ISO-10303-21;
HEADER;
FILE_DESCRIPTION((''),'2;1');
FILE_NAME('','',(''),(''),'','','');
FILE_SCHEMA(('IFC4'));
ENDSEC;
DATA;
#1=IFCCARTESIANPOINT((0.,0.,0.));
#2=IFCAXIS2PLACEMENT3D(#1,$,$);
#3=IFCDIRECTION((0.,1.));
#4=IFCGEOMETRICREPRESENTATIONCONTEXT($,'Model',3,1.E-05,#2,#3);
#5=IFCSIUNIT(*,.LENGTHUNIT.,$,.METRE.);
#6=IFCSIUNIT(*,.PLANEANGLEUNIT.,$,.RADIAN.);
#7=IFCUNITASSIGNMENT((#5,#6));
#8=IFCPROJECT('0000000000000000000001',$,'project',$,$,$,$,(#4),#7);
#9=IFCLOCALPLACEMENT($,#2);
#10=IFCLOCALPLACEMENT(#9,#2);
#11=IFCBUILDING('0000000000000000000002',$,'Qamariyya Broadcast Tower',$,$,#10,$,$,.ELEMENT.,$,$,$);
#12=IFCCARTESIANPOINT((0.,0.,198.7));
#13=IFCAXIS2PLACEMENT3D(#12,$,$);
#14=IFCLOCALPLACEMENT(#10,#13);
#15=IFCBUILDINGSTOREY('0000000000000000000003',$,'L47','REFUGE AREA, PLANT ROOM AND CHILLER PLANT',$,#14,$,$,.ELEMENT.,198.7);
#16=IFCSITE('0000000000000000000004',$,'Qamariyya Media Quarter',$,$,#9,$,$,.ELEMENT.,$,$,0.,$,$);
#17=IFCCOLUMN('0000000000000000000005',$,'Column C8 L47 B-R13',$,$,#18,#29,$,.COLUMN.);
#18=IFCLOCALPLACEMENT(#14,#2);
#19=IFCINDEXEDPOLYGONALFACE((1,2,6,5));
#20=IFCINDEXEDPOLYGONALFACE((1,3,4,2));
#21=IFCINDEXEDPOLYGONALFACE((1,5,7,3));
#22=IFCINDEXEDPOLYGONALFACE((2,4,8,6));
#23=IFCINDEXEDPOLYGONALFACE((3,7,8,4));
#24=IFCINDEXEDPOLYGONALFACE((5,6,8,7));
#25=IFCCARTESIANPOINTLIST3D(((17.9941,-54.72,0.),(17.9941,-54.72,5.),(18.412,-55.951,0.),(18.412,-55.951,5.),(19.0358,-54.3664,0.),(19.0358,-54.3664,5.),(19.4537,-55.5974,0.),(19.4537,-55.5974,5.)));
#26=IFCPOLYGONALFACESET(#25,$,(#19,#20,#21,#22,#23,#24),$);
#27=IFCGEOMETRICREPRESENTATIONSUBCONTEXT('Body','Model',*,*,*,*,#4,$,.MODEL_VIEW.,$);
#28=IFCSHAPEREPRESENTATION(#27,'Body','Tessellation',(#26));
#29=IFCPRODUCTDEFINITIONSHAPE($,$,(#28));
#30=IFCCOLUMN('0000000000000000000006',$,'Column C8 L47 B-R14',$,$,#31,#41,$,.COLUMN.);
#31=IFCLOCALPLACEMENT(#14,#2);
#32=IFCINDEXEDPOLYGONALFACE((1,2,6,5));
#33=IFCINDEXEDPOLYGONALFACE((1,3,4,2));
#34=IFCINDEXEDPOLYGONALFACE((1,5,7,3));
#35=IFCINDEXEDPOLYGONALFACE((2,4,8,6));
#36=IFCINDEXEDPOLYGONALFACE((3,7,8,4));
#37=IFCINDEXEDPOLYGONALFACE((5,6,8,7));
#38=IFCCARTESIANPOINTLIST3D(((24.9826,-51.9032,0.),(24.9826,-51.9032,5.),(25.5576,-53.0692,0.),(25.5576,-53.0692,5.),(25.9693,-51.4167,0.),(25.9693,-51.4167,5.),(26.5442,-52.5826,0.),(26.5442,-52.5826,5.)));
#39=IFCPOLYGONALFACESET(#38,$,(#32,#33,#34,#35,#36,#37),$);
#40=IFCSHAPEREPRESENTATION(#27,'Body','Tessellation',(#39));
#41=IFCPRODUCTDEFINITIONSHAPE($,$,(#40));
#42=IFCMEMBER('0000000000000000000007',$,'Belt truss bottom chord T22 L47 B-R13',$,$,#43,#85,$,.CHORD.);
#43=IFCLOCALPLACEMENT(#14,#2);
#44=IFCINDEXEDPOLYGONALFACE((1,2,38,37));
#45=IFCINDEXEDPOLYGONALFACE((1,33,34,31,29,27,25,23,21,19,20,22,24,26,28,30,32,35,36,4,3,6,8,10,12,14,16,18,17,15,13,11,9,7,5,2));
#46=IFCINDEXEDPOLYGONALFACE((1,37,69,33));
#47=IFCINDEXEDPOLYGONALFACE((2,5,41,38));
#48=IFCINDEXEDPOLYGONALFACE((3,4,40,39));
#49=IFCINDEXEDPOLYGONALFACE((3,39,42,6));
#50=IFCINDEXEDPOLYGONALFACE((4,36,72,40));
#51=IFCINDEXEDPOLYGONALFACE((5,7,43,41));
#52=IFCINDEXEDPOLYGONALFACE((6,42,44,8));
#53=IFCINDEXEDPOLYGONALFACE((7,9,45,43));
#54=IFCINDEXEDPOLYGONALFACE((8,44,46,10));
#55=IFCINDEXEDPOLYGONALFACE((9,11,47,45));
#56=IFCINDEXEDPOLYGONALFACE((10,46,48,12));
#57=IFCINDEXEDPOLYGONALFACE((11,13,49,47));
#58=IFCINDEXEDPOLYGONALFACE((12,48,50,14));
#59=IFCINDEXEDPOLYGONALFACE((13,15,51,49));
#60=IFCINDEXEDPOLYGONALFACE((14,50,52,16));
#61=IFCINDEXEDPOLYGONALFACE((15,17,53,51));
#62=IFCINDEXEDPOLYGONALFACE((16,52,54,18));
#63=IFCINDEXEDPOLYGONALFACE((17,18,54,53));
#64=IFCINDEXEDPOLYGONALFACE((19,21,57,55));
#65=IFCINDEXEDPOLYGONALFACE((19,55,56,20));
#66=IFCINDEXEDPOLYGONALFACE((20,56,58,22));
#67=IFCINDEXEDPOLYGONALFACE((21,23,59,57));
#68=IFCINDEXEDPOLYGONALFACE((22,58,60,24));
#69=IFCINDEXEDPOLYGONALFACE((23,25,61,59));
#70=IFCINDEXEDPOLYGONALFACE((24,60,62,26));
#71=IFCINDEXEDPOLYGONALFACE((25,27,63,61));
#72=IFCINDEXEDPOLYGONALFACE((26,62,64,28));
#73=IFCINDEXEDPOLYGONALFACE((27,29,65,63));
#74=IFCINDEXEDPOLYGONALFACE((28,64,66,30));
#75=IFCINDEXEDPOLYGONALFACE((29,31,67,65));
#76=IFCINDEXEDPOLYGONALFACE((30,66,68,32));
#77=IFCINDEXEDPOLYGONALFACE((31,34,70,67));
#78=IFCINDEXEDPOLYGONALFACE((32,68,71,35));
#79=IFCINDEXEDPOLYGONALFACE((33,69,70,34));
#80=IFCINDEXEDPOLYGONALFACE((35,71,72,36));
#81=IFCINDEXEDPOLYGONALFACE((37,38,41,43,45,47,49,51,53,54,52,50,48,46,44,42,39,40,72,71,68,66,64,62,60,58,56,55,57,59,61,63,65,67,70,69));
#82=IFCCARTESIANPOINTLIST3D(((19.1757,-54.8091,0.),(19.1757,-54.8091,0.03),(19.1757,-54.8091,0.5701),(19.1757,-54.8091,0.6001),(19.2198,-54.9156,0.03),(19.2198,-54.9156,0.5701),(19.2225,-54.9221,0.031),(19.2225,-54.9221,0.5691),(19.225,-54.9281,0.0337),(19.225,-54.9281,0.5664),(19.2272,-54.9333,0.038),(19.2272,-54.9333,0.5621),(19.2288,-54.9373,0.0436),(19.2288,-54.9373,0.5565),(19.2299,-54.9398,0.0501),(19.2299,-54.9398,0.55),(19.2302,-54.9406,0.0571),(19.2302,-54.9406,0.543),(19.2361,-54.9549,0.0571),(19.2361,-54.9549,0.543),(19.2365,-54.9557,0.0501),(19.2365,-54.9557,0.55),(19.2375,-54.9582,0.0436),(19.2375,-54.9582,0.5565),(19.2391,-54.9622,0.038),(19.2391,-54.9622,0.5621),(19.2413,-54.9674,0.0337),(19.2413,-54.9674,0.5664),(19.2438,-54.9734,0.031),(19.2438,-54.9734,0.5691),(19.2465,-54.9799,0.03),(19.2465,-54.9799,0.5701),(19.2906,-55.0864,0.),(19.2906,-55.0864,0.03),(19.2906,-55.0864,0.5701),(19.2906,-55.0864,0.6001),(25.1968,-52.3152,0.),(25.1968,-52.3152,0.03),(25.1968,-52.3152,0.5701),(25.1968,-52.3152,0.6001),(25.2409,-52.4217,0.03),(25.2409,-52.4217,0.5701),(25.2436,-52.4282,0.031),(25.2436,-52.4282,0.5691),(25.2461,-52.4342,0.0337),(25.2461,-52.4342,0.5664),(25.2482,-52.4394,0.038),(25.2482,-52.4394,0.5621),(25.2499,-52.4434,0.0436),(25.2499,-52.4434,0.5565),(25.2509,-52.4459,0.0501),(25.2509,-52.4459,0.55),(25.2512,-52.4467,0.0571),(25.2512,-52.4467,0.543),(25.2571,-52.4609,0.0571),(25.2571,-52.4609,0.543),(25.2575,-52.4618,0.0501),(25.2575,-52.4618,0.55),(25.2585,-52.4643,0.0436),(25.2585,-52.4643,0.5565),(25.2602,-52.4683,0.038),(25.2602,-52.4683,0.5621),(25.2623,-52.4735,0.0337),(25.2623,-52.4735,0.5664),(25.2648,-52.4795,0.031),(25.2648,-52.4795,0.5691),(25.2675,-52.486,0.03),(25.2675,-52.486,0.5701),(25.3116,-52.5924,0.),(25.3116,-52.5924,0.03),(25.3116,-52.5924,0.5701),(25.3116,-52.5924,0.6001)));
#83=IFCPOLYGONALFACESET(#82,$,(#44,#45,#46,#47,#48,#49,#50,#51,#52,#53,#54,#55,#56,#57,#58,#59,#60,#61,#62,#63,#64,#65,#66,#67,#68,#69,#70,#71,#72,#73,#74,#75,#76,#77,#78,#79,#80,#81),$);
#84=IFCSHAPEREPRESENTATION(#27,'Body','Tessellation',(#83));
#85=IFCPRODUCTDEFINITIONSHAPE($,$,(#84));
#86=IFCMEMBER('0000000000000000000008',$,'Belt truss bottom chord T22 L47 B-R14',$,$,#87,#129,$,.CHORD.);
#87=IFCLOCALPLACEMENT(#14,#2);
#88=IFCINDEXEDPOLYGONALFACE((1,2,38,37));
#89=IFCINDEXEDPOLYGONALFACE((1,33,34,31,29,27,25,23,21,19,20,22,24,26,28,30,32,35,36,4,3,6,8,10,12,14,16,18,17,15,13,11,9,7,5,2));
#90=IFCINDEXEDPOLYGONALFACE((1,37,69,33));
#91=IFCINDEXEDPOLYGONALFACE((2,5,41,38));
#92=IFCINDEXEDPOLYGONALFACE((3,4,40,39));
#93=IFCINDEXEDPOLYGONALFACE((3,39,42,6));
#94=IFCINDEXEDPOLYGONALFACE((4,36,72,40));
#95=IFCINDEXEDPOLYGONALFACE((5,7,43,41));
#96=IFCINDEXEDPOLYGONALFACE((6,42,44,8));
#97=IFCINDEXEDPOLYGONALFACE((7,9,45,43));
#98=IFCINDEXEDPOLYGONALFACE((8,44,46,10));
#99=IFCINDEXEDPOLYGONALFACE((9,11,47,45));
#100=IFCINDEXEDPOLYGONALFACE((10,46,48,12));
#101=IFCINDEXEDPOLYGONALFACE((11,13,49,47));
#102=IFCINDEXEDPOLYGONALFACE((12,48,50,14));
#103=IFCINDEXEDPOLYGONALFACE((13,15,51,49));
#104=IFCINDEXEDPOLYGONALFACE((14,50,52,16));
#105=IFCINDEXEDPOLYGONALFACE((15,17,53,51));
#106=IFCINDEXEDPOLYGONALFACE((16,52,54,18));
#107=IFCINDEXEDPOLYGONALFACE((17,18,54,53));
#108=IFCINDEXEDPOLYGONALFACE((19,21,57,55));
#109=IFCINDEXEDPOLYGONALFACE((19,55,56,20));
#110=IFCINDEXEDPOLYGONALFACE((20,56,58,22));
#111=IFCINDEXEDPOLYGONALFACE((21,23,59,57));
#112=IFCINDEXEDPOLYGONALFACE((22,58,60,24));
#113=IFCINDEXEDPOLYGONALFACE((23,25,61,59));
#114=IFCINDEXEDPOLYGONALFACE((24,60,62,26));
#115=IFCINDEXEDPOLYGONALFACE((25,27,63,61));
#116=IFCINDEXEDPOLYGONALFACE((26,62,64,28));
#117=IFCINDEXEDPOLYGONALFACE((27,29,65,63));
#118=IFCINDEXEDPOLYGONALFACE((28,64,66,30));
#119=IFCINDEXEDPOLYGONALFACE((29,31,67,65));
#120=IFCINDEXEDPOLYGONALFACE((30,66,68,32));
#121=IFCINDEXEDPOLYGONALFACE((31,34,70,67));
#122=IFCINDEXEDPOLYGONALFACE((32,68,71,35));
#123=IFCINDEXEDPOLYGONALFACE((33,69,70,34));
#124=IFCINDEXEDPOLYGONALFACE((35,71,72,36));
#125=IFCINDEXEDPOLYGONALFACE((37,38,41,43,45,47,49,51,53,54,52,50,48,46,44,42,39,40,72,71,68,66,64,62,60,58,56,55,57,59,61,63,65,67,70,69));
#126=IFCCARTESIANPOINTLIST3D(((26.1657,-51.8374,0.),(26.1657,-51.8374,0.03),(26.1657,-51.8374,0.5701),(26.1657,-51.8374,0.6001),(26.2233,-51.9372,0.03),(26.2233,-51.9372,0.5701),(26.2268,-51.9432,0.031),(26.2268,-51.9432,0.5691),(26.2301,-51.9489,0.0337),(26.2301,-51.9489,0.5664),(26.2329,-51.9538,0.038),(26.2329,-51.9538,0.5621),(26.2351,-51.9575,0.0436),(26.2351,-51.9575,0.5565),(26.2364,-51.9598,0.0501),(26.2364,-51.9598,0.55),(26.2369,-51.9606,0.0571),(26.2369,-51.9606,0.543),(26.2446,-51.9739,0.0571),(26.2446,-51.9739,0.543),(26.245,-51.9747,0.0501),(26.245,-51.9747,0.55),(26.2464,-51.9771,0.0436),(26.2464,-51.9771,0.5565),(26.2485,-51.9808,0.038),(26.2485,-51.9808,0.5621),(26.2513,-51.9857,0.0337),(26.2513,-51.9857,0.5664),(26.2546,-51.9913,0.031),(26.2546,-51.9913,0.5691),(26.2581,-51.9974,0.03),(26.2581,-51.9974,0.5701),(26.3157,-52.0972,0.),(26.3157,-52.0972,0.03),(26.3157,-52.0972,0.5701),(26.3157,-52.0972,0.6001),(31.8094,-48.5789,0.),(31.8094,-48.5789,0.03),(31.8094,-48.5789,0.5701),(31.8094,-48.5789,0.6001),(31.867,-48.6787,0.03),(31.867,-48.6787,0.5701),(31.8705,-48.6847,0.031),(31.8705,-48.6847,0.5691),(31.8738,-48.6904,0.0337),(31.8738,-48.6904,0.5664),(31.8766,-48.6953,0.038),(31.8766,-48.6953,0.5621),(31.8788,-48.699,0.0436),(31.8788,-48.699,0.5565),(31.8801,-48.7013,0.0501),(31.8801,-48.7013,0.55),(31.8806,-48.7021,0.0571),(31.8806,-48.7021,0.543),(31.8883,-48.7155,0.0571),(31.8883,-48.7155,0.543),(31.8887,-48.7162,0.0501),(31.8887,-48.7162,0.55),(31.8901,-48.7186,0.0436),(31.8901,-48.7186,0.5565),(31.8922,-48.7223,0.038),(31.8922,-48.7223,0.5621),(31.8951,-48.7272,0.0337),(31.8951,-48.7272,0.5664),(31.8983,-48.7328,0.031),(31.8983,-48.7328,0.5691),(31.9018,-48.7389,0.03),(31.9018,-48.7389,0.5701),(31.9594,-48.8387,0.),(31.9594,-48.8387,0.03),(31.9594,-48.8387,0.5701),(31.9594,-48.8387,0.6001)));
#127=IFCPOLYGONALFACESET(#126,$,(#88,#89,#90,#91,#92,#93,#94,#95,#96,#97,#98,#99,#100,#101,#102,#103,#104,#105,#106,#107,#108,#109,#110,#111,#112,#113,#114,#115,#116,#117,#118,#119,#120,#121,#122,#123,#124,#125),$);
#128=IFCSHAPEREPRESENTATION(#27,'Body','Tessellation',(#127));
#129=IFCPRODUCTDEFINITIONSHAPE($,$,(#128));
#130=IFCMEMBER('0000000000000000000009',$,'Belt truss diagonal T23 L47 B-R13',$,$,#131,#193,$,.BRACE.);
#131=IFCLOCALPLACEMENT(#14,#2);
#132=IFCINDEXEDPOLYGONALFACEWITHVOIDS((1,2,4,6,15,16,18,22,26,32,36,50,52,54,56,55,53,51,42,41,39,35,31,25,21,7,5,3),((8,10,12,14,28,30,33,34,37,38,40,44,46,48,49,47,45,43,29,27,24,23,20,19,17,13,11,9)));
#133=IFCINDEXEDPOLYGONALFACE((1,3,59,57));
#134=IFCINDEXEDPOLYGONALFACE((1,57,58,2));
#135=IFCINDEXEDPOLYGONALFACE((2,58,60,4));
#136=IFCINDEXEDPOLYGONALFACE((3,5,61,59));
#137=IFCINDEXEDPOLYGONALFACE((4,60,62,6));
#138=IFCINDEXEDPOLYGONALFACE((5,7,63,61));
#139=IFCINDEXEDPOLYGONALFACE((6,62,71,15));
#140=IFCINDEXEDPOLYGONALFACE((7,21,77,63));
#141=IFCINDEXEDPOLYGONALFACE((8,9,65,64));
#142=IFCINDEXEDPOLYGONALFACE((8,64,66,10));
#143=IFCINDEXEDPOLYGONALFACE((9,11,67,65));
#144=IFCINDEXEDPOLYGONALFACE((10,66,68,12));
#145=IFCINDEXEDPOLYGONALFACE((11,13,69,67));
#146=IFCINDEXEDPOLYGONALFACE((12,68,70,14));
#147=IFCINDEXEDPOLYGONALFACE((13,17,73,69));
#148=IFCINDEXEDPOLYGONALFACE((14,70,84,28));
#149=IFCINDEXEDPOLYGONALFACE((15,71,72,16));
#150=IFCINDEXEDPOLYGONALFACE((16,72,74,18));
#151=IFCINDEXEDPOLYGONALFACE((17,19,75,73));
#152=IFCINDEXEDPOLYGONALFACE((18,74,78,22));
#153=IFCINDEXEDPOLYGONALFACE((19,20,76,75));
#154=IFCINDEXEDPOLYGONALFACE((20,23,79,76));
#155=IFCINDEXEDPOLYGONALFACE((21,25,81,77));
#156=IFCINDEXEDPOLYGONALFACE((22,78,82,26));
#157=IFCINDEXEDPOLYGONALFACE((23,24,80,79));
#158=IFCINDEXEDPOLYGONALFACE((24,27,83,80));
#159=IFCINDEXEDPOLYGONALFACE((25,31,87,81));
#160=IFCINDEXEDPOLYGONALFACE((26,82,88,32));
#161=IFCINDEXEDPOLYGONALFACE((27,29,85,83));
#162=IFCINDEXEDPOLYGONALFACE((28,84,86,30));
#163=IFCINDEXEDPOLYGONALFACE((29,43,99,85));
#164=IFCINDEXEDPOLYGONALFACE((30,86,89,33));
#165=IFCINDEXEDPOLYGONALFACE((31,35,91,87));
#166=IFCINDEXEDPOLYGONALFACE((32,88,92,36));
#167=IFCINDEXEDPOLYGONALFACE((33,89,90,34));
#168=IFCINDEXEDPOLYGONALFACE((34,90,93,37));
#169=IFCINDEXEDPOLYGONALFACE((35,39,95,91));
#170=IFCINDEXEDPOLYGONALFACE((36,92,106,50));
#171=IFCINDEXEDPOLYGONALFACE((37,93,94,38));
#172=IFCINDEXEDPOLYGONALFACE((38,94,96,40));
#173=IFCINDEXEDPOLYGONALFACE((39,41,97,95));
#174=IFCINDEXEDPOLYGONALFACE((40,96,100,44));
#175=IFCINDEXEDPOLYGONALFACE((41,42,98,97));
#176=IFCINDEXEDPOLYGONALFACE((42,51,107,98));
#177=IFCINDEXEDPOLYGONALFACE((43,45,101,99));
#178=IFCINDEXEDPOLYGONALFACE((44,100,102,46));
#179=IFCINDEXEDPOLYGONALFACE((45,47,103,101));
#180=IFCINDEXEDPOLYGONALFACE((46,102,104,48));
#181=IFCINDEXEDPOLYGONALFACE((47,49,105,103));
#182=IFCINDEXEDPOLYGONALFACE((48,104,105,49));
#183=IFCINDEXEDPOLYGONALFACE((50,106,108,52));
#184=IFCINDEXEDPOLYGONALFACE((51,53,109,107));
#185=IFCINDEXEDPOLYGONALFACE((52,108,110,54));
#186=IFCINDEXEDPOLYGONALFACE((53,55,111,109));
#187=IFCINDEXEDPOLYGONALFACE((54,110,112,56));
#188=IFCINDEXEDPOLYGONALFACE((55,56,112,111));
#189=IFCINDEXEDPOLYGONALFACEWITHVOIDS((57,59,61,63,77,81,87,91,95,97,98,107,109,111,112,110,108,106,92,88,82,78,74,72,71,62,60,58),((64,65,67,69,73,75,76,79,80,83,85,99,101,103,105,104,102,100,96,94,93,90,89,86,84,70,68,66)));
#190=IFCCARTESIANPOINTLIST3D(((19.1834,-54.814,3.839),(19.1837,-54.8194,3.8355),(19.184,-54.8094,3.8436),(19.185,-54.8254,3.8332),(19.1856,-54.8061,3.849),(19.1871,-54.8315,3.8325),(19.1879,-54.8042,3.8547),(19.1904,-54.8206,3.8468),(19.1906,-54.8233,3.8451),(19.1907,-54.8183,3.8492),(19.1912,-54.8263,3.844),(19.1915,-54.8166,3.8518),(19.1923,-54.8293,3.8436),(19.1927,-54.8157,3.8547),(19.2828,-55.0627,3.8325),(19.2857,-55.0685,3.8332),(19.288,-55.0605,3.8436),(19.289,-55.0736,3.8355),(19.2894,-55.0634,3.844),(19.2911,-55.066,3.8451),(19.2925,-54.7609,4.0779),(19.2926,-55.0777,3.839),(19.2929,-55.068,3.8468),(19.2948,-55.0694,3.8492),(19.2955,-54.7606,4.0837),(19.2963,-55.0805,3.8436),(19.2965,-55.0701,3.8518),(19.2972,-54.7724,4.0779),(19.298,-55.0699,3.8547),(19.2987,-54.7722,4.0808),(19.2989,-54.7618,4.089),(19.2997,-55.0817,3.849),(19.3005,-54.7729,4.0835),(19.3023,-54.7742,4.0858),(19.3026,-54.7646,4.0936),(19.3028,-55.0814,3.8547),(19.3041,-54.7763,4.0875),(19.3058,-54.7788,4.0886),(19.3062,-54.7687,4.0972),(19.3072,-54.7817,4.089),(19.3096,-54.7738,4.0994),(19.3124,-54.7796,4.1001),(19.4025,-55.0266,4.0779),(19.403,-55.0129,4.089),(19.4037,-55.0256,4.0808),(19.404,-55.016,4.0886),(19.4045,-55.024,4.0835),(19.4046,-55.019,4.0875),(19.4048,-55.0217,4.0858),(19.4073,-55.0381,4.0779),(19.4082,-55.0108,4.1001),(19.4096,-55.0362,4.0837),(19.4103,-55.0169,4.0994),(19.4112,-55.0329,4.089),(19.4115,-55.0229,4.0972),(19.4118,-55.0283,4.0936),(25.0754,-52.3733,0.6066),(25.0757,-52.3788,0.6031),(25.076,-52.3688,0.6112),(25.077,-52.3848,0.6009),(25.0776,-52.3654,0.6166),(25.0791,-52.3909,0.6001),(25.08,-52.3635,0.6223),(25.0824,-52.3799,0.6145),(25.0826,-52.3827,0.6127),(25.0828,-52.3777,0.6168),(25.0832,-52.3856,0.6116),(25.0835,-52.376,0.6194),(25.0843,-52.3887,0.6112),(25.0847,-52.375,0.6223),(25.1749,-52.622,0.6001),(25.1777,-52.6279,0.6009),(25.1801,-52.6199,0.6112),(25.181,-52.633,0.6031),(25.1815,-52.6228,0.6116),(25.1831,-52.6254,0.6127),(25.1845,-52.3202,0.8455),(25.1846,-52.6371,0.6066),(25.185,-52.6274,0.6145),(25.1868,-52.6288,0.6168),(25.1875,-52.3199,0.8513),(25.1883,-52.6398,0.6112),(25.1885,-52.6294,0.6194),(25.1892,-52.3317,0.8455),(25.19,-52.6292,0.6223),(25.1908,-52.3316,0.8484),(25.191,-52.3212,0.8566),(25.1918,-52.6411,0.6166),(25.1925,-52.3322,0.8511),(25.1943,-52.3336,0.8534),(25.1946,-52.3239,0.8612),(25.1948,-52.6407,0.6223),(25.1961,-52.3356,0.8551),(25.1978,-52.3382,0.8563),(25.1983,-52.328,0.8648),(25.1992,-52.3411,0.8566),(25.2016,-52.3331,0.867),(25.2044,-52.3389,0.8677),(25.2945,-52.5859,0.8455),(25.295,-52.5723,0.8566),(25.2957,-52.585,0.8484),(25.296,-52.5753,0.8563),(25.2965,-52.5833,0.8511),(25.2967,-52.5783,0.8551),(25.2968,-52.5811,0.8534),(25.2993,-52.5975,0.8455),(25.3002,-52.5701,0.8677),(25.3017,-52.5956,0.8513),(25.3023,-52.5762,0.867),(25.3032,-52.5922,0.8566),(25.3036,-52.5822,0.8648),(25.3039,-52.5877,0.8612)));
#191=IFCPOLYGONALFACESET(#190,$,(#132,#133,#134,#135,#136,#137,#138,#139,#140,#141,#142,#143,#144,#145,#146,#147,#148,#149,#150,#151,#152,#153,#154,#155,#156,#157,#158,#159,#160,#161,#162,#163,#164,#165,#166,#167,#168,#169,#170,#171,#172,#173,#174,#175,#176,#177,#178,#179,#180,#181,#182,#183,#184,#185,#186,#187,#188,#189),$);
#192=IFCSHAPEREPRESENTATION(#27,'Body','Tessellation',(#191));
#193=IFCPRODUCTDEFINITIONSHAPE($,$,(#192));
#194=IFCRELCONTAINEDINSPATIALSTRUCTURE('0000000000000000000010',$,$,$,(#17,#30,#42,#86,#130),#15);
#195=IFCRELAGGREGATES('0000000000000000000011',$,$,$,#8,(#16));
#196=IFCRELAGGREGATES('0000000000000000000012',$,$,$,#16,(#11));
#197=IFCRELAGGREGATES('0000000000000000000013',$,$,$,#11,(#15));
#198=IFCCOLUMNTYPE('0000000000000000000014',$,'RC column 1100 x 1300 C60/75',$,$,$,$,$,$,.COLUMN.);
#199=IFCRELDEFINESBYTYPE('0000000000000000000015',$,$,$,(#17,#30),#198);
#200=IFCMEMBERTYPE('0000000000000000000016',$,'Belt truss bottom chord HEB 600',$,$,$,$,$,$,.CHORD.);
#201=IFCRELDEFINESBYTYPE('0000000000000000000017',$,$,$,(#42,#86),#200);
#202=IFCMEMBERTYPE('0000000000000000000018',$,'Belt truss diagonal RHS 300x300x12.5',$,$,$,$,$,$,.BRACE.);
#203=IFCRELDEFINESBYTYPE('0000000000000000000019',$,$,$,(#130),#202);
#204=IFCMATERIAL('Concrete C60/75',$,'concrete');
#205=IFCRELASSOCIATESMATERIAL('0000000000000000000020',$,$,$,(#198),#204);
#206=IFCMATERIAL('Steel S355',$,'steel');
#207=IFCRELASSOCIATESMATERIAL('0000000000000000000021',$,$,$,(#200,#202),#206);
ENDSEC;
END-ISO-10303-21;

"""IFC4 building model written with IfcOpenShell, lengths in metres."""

from ifc_helpers import new_model, si_unit, direction, frame, origin, origin_2d, place, context, subcontext, project, spatial, rectangle, hollow_rectangle, i_section, extrude, material, material_profile, profile_set, type_object, element, save


model = new_model("IFC4")

# Units and contexts
model_context = context("Model", 3, precision=1e-05, world=origin(), true_north=direction((0.0, 1.0)))
body_context = subcontext(model_context, "Body", "Model", "MODEL_VIEW")
ifc_project = project(units=[si_unit("LENGTHUNIT", "METRE"), si_unit("PLANEANGLEUNIT", "RADIAN")], contexts=[model_context])

# Site, building, storey
site_placement = place(None, origin())
site = spatial("IfcSite", under=ifc_project, at=site_placement, Name="Qamariyya Media Quarter", CompositionType="ELEMENT", RefElevation=0.0)
building_placement = place(site_placement, origin())
building = spatial("IfcBuilding", under=site, at=building_placement, Name="Qamariyya Broadcast Tower", CompositionType="ELEMENT")
storey_placement = place(building_placement, frame((0.0, 0.0, 198.7)))
storey = spatial("IfcBuildingStorey", under=building, at=storey_placement, Name="L47", Description="REFUGE AREA, PLANT ROOM AND CHILLER PLANT", CompositionType="ELEMENT", Elevation=198.7)

# Columns
ifc_material_1 = material(Name="Concrete C60/75", Category="concrete")
ifc_material_profile_1 = material_profile(ifc_material_1, rectangle(XDim=1.1001, YDim=1.3, at=origin_2d()))
ifc_profile_set_1 = profile_set([ifc_material_profile_1], Name="Concrete C60/75")
column_type = type_object("IfcColumnType", Name="RC column 1100 x 1300 C60/75", PredefinedType="COLUMN", material=ifc_profile_set_1)
for number, where, z_axis, x_axis, name in (
    (1, (18.7239, -55.1587, 0.0), (0.0, 0.0, 1.0), (0.94693, 0.321439, 0.0), "Column C8 L47 B-R13"),
    (2, (25.7634, -52.2429, 0.0), (0.0, 0.0, 1.0), (0.896873, 0.442289, 0.0), "Column C8 L47 B-R14"),
):
    element("IfcColumn", number, at=place(storey_placement, frame(where, z_axis=z_axis, x_axis=x_axis)), inside=storey, type_object=column_type, Name=name, PredefinedType="COLUMN", context=body_context, shape_type="SweptSolid", body=[
        extrude(rectangle(XDim=1.1001, YDim=1.3, at=origin_2d()), origin(), (0.0, 0.0, 1.0), 5.0),
    ])

# Members
ifc_material_2 = material(Name="Steel S355", Category="steel")
ifc_material_profile_2 = material_profile(ifc_material_2, i_section(OverallWidth=0.3, OverallDepth=0.6001, WebThickness=0.0154, FlangeThickness=0.03, FilletRadius=0.0271, at=origin_2d()))
ifc_profile_set_2 = profile_set([ifc_material_profile_2], Name="Steel S355")
member_type_1 = type_object("IfcMemberType", Name="Belt truss bottom chord HEB 600", PredefinedType="CHORD", material=ifc_profile_set_2)
member_1_placement = place(storey_placement, frame((19.2332, -54.9478, 0.3), z_axis=(0.923884, 0.382673, 0.0), x_axis=(-0.382673, 0.923884, 0.0)))
element("IfcMember", 3, at=member_1_placement, inside=storey, type_object=member_type_1, Name="Belt truss bottom chord T22 L47 B-R13", PredefinedType="CHORD", context=body_context, shape_type="SweptSolid", body=[
    extrude(i_section(OverallWidth=0.3, OverallDepth=0.6001, WebThickness=0.0154, FlangeThickness=0.03, FilletRadius=0.0271, at=origin_2d()), origin(), (0.0, 0.0, 1.0), 6.5171),
])
member_2_placement = place(storey_placement, frame((26.2407, -51.9673, 0.3), z_axis=(0.866019, 0.500011, 0.0), x_axis=(-0.500011, 0.866019, 0.0)))
element("IfcMember", 4, at=member_2_placement, inside=storey, type_object=member_type_1, Name="Belt truss bottom chord T22 L47 B-R14", PredefinedType="CHORD", context=body_context, shape_type="SweptSolid", body=[
    extrude(i_section(OverallWidth=0.3, OverallDepth=0.6001, WebThickness=0.0154, FlangeThickness=0.03, FilletRadius=0.0271, at=origin_2d()), origin(), (0.0, 0.0, 1.0), 6.5168),
])
ifc_material_profile_3 = material_profile(ifc_material_2, hollow_rectangle(XDim=0.3, YDim=0.3, WallThickness=0.0125, InnerFilletRadius=0.0125, OuterFilletRadius=0.0249, at=origin_2d()))
ifc_profile_set_3 = profile_set([ifc_material_profile_3], Name="Steel S355")
member_type_2 = type_object("IfcMemberType", Name="Belt truss diagonal RHS 300x300x12.5", PredefinedType="BRACE", material=ifc_profile_set_3)
for number, where, z_axis, x_axis, name in (
    (5, (19.2976, -54.9211, 3.9663), (0.824071, 0.341354, -0.452088), (-0.382696, 0.923875, 0.0), "Belt truss diagonal T23 L47 B-R13"),
):
    element("IfcMember", number, at=place(storey_placement, frame(where, z_axis=z_axis, x_axis=x_axis)), inside=storey, type_object=member_type_2, Name=name, PredefinedType="BRACE", context=body_context, shape_type="SweptSolid", body=[
        extrude(hollow_rectangle(XDim=0.3, YDim=0.3, WallThickness=0.0125, InnerFilletRadius=0.0125, OuterFilletRadius=0.0249, at=origin_2d()), origin(), (0.0, 0.0, 1.0), 7.1499),
    ])

save(model, "model.ifc")
